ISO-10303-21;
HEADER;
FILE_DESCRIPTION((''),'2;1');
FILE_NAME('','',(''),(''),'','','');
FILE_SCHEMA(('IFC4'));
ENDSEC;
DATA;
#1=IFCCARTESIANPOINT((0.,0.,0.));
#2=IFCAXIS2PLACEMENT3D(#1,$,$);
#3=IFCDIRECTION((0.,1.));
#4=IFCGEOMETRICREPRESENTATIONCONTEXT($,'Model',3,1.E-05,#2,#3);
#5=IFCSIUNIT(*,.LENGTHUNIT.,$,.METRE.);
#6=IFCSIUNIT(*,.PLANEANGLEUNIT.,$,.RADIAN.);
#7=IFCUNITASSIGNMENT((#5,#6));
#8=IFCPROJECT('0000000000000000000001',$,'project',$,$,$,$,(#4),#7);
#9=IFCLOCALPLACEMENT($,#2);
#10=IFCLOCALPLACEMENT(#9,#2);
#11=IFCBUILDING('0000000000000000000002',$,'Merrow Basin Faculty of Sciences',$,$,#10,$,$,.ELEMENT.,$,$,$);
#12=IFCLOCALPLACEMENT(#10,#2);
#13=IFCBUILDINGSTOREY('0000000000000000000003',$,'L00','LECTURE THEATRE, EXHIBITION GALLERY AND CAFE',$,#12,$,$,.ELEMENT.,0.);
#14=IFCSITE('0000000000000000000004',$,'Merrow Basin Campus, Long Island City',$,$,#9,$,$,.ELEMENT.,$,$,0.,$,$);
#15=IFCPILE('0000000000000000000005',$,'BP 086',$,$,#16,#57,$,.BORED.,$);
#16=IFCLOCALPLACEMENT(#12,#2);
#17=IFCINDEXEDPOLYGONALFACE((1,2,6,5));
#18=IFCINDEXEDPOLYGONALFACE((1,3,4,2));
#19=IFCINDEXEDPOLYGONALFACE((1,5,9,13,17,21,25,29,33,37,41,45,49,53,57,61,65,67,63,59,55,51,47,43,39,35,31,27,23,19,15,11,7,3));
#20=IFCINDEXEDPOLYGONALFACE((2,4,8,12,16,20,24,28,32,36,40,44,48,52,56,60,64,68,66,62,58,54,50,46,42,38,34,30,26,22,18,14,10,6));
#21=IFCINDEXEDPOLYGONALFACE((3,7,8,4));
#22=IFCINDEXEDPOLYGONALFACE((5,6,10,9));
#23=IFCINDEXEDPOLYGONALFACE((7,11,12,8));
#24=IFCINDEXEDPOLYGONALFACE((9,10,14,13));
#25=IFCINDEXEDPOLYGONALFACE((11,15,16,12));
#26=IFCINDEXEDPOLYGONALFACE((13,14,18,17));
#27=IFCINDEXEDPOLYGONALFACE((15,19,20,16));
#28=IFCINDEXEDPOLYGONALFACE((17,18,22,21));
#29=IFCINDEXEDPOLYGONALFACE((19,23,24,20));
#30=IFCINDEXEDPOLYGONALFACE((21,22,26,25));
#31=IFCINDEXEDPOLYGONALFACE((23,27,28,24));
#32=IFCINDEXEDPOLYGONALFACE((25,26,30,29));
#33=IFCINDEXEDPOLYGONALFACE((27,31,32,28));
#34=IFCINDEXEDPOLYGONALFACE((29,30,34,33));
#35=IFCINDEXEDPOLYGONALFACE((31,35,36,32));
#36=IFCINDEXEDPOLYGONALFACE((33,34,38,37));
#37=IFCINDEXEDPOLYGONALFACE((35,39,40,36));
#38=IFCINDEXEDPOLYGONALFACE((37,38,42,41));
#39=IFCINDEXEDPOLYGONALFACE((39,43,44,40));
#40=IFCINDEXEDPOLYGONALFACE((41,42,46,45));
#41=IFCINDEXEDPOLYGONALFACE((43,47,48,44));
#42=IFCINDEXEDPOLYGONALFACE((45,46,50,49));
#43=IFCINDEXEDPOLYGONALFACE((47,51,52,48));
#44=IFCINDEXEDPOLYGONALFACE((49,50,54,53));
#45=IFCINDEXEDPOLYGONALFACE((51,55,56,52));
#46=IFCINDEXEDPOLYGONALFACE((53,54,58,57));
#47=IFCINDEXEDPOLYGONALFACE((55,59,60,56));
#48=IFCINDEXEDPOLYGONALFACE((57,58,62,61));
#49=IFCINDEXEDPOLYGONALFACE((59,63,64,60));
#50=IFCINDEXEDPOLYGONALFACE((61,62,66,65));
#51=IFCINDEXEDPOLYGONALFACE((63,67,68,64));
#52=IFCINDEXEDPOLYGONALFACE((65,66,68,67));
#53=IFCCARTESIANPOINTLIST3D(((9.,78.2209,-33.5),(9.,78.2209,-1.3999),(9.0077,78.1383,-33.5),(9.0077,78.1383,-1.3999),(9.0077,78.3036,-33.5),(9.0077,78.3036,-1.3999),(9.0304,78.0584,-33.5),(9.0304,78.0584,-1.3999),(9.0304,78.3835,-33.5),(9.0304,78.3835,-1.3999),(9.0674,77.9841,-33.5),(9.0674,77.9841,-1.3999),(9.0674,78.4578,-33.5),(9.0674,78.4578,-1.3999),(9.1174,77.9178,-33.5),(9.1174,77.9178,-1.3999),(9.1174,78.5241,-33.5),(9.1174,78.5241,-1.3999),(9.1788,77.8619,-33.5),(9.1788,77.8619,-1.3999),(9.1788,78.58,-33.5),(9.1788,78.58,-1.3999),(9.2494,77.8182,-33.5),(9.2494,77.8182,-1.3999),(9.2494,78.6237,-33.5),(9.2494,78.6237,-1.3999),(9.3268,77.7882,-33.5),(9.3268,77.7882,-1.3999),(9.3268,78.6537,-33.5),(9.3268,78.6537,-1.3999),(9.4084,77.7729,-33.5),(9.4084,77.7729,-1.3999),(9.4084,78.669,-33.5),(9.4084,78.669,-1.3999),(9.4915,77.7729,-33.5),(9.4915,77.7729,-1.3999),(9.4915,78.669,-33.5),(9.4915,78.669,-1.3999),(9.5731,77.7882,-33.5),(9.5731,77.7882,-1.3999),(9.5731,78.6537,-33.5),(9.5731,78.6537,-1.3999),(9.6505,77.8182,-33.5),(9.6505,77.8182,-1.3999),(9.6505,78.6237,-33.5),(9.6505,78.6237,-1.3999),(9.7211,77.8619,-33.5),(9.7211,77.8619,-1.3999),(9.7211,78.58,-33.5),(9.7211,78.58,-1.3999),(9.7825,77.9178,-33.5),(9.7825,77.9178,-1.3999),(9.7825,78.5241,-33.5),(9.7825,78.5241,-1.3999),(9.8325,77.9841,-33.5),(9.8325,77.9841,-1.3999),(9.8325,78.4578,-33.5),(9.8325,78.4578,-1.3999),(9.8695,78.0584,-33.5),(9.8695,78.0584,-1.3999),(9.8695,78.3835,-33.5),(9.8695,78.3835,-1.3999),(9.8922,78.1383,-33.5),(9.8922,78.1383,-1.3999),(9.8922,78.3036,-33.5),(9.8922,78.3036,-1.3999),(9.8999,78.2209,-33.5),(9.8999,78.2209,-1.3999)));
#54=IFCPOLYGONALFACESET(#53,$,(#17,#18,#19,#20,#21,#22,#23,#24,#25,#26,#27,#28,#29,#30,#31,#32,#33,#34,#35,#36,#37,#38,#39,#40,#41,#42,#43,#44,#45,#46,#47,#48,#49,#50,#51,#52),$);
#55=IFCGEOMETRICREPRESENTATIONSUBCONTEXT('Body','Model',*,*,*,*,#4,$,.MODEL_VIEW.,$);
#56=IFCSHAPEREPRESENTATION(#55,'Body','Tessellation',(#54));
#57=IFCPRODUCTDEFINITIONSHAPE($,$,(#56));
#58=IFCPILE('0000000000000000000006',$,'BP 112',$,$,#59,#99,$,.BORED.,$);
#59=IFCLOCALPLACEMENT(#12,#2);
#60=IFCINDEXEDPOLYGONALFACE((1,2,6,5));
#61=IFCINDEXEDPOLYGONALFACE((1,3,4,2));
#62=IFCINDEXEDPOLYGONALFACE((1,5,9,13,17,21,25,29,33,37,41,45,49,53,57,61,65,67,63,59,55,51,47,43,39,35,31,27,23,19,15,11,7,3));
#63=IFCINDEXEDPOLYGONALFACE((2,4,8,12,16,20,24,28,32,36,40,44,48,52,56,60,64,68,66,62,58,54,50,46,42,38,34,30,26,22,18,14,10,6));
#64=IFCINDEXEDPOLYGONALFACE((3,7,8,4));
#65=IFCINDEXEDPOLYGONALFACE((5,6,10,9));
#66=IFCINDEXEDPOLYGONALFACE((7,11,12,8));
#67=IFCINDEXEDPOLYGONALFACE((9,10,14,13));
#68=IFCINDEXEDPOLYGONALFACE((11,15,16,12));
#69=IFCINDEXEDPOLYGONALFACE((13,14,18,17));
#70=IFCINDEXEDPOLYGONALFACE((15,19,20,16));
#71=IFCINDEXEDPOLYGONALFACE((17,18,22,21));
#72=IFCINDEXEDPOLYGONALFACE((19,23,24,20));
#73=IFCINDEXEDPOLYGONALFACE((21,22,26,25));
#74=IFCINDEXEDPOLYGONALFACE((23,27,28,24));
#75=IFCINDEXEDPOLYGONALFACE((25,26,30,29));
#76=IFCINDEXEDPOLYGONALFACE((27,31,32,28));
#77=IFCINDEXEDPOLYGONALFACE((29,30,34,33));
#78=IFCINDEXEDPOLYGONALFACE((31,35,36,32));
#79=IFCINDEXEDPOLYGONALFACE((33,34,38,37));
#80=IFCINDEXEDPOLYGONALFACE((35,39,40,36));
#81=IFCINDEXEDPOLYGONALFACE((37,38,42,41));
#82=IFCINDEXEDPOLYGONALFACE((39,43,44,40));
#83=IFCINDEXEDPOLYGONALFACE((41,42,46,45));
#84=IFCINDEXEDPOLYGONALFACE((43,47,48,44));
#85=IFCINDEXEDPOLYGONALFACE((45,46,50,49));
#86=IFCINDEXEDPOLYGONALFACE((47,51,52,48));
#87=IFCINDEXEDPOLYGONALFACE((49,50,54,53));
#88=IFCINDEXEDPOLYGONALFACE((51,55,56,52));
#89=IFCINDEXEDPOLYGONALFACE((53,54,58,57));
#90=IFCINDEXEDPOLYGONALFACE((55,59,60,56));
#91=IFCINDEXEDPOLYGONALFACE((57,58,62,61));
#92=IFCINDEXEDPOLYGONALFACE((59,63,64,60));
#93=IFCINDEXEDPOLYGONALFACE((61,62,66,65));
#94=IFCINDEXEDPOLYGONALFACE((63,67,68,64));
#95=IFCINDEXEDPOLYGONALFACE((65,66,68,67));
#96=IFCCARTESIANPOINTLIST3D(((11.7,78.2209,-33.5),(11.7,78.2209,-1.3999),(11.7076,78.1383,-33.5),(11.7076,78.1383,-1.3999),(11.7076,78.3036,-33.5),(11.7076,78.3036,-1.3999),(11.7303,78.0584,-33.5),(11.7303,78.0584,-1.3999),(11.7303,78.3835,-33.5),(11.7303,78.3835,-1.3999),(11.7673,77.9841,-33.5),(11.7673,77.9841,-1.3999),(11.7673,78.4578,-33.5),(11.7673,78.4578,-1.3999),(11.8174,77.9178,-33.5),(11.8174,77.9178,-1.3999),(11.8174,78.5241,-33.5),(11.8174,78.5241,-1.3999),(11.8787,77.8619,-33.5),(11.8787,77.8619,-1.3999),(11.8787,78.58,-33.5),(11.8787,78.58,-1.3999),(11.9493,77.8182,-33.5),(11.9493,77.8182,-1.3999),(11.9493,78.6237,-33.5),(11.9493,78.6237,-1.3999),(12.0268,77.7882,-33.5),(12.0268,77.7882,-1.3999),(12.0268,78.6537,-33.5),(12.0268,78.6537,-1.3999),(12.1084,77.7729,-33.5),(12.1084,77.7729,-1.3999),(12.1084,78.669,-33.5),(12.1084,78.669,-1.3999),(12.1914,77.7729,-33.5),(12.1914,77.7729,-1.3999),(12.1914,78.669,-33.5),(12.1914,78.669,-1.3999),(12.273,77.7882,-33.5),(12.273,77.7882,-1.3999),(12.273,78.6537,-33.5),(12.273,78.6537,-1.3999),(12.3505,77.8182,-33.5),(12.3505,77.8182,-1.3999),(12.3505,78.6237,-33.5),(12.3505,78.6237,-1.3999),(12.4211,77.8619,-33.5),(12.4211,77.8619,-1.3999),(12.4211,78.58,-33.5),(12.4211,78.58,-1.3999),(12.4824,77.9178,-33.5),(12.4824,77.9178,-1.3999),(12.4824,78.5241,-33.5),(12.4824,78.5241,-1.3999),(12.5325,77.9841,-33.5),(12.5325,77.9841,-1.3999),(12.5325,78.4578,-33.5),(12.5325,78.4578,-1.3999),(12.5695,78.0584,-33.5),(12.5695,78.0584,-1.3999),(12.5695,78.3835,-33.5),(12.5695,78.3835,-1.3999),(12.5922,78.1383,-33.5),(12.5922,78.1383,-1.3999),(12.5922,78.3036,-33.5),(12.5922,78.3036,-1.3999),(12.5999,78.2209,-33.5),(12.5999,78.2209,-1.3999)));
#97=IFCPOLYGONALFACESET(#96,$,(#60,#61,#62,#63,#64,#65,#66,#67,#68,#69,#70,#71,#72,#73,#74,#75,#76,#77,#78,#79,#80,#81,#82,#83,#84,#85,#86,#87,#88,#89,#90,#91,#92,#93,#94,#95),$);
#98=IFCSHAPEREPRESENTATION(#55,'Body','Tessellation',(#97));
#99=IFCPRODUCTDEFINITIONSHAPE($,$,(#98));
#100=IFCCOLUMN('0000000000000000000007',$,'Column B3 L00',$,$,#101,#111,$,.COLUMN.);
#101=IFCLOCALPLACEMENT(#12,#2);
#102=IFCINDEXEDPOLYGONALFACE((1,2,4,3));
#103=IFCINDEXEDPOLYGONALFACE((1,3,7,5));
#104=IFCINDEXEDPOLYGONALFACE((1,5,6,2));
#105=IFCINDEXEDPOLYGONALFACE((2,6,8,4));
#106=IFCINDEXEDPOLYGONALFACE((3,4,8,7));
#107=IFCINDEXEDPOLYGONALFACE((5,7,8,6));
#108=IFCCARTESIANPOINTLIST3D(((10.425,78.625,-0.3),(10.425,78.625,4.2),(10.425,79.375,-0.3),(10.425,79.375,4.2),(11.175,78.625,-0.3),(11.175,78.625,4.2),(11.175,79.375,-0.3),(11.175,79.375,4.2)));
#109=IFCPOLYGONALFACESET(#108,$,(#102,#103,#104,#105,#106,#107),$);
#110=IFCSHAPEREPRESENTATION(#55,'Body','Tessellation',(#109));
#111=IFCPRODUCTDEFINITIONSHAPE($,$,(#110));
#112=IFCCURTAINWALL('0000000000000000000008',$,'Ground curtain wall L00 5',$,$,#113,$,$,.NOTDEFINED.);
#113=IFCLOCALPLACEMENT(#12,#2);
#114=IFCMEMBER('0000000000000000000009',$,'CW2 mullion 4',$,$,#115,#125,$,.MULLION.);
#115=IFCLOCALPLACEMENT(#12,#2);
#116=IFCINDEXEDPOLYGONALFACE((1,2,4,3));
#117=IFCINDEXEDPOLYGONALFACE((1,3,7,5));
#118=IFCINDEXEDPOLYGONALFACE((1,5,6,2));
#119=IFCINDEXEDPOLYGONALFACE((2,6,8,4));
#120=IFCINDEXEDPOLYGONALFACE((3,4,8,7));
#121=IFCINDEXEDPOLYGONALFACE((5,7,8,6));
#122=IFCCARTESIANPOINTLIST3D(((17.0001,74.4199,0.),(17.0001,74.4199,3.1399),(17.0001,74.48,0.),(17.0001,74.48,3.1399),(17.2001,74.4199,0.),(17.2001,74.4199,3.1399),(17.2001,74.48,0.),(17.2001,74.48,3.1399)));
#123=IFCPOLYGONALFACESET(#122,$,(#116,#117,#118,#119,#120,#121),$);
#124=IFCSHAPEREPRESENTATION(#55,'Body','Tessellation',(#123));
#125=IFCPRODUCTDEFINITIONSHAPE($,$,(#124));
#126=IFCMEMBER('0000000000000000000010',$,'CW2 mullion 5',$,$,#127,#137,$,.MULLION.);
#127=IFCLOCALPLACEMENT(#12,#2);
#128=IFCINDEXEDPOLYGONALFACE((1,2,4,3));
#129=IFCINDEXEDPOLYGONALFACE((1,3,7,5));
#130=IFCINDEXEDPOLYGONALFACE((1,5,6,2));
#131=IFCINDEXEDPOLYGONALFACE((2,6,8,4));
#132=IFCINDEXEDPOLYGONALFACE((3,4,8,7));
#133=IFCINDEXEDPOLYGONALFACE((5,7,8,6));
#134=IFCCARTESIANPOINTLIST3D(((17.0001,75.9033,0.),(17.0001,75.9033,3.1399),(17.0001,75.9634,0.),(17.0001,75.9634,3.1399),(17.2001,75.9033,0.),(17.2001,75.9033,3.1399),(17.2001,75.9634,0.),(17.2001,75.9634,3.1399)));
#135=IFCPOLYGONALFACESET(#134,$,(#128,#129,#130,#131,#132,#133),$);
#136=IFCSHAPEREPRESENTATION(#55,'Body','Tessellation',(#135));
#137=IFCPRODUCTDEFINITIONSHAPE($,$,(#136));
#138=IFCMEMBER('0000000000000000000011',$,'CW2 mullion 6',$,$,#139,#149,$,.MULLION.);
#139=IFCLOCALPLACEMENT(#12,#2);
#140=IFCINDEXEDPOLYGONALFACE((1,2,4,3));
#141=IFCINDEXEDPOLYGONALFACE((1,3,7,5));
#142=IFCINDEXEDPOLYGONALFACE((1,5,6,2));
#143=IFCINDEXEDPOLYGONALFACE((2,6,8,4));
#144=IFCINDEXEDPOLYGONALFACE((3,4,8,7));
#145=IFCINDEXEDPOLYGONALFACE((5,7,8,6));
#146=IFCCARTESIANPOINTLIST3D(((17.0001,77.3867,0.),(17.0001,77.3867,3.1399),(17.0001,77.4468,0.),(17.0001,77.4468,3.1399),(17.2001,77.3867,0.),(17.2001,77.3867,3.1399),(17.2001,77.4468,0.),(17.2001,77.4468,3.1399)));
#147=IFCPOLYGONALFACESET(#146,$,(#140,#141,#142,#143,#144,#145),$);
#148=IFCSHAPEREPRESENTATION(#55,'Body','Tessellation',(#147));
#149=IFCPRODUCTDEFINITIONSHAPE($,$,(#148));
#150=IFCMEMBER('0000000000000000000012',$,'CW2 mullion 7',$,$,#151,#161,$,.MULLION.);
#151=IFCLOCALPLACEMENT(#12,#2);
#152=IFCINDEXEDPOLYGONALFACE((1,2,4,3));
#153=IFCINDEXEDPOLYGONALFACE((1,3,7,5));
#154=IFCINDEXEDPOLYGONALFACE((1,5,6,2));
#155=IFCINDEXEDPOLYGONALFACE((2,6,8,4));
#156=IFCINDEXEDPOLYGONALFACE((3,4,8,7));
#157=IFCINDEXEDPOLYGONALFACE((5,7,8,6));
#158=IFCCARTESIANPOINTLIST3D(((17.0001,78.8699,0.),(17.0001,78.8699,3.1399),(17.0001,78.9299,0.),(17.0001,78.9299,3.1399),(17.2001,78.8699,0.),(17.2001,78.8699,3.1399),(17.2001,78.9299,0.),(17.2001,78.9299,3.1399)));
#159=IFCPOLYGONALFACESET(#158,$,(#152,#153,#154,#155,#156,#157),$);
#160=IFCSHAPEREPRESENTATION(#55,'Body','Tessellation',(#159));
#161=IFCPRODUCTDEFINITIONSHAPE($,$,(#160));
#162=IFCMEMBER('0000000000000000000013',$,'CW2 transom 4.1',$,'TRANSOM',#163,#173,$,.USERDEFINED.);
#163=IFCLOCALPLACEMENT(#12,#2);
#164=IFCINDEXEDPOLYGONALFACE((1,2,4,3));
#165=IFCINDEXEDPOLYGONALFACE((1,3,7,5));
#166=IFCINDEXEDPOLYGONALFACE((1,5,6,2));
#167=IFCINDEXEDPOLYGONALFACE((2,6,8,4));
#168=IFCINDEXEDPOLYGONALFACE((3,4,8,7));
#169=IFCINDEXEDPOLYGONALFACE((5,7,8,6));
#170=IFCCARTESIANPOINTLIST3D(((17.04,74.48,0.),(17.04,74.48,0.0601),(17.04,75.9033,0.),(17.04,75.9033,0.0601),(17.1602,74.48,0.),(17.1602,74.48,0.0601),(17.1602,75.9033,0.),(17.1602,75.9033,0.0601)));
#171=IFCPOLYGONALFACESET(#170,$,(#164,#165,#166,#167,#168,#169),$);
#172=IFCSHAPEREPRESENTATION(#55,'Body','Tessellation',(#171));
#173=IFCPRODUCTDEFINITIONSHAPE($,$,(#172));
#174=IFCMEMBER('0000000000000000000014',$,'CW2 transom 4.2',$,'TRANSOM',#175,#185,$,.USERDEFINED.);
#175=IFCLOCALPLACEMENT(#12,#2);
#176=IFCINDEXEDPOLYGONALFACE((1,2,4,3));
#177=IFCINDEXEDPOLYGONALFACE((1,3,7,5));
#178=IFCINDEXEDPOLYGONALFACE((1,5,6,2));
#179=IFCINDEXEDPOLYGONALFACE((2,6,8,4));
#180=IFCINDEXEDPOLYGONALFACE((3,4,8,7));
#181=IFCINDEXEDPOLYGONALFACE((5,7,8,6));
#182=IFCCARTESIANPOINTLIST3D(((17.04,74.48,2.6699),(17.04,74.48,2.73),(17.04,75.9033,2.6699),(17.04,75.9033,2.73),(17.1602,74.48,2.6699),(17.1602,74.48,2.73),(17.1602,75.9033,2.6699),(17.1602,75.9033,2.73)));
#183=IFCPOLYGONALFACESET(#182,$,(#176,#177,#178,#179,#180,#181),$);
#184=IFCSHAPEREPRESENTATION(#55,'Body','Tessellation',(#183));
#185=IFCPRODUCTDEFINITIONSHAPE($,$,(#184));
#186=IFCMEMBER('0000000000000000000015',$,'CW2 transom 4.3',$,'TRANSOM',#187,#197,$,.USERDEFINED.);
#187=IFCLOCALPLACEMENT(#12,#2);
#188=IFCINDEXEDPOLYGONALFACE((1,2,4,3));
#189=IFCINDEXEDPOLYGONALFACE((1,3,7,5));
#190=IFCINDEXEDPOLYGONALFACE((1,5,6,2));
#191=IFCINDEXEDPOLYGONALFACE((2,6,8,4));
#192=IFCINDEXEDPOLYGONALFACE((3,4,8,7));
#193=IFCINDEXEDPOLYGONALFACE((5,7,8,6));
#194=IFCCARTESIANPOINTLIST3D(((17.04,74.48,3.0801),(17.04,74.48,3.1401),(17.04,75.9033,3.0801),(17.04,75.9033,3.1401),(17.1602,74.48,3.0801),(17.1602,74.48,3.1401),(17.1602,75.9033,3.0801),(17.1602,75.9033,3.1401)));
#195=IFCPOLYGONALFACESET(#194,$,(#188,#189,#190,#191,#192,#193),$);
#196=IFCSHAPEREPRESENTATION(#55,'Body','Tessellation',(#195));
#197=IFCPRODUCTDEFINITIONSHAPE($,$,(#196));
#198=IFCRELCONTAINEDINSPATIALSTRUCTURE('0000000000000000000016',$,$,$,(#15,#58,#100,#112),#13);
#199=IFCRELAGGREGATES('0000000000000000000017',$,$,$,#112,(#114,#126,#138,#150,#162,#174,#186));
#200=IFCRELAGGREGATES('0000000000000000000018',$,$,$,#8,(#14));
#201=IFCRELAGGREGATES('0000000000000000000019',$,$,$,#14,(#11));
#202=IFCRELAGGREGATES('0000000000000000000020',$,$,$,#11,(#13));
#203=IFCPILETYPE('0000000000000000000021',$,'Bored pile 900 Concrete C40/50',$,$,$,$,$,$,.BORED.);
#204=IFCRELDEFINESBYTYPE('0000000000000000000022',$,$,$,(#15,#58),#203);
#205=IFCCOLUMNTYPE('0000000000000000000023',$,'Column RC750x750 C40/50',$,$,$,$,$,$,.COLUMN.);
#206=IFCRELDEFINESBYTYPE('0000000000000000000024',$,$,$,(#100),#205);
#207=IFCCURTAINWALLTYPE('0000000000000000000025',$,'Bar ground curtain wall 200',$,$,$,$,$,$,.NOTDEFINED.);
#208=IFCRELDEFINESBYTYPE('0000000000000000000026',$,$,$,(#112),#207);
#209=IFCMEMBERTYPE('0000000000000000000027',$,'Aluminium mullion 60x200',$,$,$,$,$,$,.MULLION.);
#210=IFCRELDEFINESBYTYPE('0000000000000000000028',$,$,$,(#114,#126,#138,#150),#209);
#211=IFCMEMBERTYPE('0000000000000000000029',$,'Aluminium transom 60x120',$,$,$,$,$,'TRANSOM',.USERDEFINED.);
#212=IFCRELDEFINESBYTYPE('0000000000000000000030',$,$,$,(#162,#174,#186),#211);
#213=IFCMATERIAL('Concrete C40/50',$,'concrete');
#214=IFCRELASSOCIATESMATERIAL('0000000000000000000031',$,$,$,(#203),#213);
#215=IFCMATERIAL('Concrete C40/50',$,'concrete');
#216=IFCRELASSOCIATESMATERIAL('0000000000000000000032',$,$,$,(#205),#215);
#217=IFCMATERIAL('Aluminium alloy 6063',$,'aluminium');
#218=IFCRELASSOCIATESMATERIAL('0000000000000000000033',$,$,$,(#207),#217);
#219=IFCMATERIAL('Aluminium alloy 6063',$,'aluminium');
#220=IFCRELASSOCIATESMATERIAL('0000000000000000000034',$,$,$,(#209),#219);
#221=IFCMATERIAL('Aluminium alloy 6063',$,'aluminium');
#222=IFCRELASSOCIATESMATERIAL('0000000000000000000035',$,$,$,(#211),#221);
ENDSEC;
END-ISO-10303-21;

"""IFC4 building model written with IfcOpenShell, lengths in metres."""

from ifc_helpers import new_model, si_unit, direction, frame, origin, origin_2d, place, context, subcontext, project, spatial, rectangle, circle, extrude, material, material_profile, profile_set, type_object, element, aggregate, save


model = new_model("IFC4")

# Units and contexts
model_context = context("Model", 3, precision=1e-05, world=origin(), true_north=direction((0.0, 1.0)))
body_context = subcontext(model_context, "Body", "Model", "MODEL_VIEW")
ifc_project = project(units=[si_unit("LENGTHUNIT", "METRE"), si_unit("PLANEANGLEUNIT", "RADIAN")], contexts=[model_context])

# Site, building, storey
site_placement = place(None, origin())
site = spatial("IfcSite", under=ifc_project, at=site_placement, Name="Merrow Basin Campus, Long Island City", CompositionType="ELEMENT", RefElevation=0.0)
building_placement = place(site_placement, origin())
building = spatial("IfcBuilding", under=site, at=building_placement, Name="Merrow Basin Faculty of Sciences", CompositionType="ELEMENT")
storey_placement = place(building_placement, origin())
storey = spatial("IfcBuildingStorey", under=building, at=storey_placement, Name="L00", Description="LECTURE THEATRE, EXHIBITION GALLERY AND CAFE", CompositionType="ELEMENT", Elevation=0.0)

# Piles
ifc_material_1 = material(Name="Concrete C40/50", Category="concrete")
ifc_material_profile_1 = material_profile(ifc_material_1, circle(Radius=0.45, at=origin_2d()))
ifc_profile_set_1 = profile_set([ifc_material_profile_1], Name="Concrete C40/50")
pile_type = type_object("IfcPileType", Name="Bored pile 900 Concrete C40/50", PredefinedType="BORED", material=ifc_profile_set_1)
for number, where, z_axis, x_axis, name in (
    (1, (9.45, 78.2209, -1.3999), (0.0, 0.0, -1.0), (1.0, 0.0, 0.0), "BP 086"),
    (2, (12.1499, 78.2209, -1.3999), (0.0, 0.0, -1.0), (1.0, 0.0, 0.0), "BP 112"),
):
    element("IfcPile", number, at=place(storey_placement, frame(where, z_axis=z_axis, x_axis=x_axis)), inside=storey, type_object=pile_type, Name=name, PredefinedType="BORED", context=body_context, shape_type="SweptSolid", body=[
        extrude(circle(Radius=0.45, at=origin_2d()), origin(), (0.0, 0.0, 1.0), 32.1001),
    ])

# Column
ifc_material_2 = material(Name="Concrete C40/50", Category="concrete")
ifc_material_profile_2 = material_profile(ifc_material_2, rectangle(XDim=0.75, YDim=0.75, at=origin_2d()))
ifc_profile_set_2 = profile_set([ifc_material_profile_2], Name="Concrete C40/50")
column_type = type_object("IfcColumnType", Name="Column RC750x750 C40/50", PredefinedType="COLUMN", material=ifc_profile_set_2)
column_placement = place(storey_placement, frame((10.8, 79.0, -0.3), z_axis=(0.0, 0.0, 1.0), x_axis=(1.0, 0.0, 0.0)))
element("IfcColumn", 3, at=column_placement, inside=storey, type_object=column_type, Name="Column B3 L00", PredefinedType="COLUMN", context=body_context, shape_type="SweptSolid", body=[
    extrude(rectangle(XDim=0.75, YDim=0.75, at=origin_2d()), origin(), (0.0, 0.0, 1.0), 4.5),
])

# Curtain wall, members
ifc_material_3 = material(Name="Aluminium alloy 6063", Category="aluminium")
curtain_wall_type = type_object("IfcCurtainWallType", Name="Bar ground curtain wall 200", PredefinedType="NOTDEFINED", material=ifc_material_3)
curtain_wall_placement = place(storey_placement, origin())
curtain_wall = element("IfcCurtainWall", 4, at=curtain_wall_placement, inside=storey, type_object=curtain_wall_type, Name="Ground curtain wall L00 5", PredefinedType="NOTDEFINED")
ifc_material_4 = material(Name="Aluminium alloy 6063", Category="aluminium")
ifc_material_profile_3 = material_profile(ifc_material_4, rectangle(XDim=0.2, YDim=0.0601, at=origin_2d()))
ifc_profile_set_3 = profile_set([ifc_material_profile_3], Name="Aluminium alloy 6063")
member_type_1 = type_object("IfcMemberType", Name="Aluminium mullion 60x200", PredefinedType="MULLION", material=ifc_profile_set_3)
member_1_placement = place(storey_placement, frame((17.1001, 74.45, 0.0), z_axis=(0.0, 0.0, 1.0), x_axis=(-1.0, 0.0, 0.0)))
member_1 = element("IfcMember", 5, at=member_1_placement, type_object=member_type_1, Name="CW2 mullion 4", PredefinedType="MULLION", context=body_context, shape_type="SweptSolid", body=[
    extrude(rectangle(XDim=0.2, YDim=0.0601, at=origin_2d()), origin(), (0.0, 0.0, 1.0), 3.1399),
])
member_2_placement = place(storey_placement, frame((17.1001, 75.9333, 0.0), z_axis=(0.0, 0.0, 1.0), x_axis=(-1.0, 0.0, 0.0)))
member_2 = element("IfcMember", 6, at=member_2_placement, type_object=member_type_1, Name="CW2 mullion 5", PredefinedType="MULLION", context=body_context, shape_type="SweptSolid", body=[
    extrude(rectangle(XDim=0.2, YDim=0.0601, at=origin_2d()), origin(), (0.0, 0.0, 1.0), 3.1399),
])
member_3_placement = place(storey_placement, frame((17.1001, 77.4167, 0.0), z_axis=(0.0, 0.0, 1.0), x_axis=(-1.0, 0.0, 0.0)))
member_3 = element("IfcMember", 7, at=member_3_placement, type_object=member_type_1, Name="CW2 mullion 6", PredefinedType="MULLION", context=body_context, shape_type="SweptSolid", body=[
    extrude(rectangle(XDim=0.2, YDim=0.0601, at=origin_2d()), origin(), (0.0, 0.0, 1.0), 3.1399),
])
member_4_placement = place(storey_placement, frame((17.1001, 78.8999, 0.0), z_axis=(0.0, 0.0, 1.0), x_axis=(-1.0, 0.0, 0.0)))
member_4 = element("IfcMember", 8, at=member_4_placement, type_object=member_type_1, Name="CW2 mullion 7", PredefinedType="MULLION", context=body_context, shape_type="SweptSolid", body=[
    extrude(rectangle(XDim=0.2, YDim=0.0601, at=origin_2d()), origin(), (0.0, 0.0, 1.0), 3.1399),
])
ifc_material_5 = material(Name="Aluminium alloy 6063", Category="aluminium")
ifc_material_profile_4 = material_profile(ifc_material_5, rectangle(XDim=0.1201, YDim=0.0601, at=origin_2d()))
ifc_profile_set_4 = profile_set([ifc_material_profile_4], Name="Aluminium alloy 6063")
member_type_2 = type_object("IfcMemberType", Name="Aluminium transom 60x120", ElementType="TRANSOM", PredefinedType="USERDEFINED", material=ifc_profile_set_4)
member_5_placement = place(storey_placement, frame((17.1001, 74.48, 0.03), z_axis=(0.0, 1.0, 0.0), x_axis=(-1.0, 0.0, 0.0)))
member_5 = element("IfcMember", 9, at=member_5_placement, type_object=member_type_2, Name="CW2 transom 4.1", ObjectType="TRANSOM", PredefinedType="USERDEFINED", context=body_context, shape_type="SweptSolid", body=[
    extrude(rectangle(XDim=0.1201, YDim=0.0601, at=origin_2d()), origin(), (0.0, 0.0, 1.0), 1.4233),
])
member_6_placement = place(storey_placement, frame((17.1001, 74.48, 2.7), z_axis=(0.0, 1.0, 0.0), x_axis=(-1.0, 0.0, 0.0)))
member_6 = element("IfcMember", 10, at=member_6_placement, type_object=member_type_2, Name="CW2 transom 4.2", ObjectType="TRANSOM", PredefinedType="USERDEFINED", context=body_context, shape_type="SweptSolid", body=[
    extrude(rectangle(XDim=0.1201, YDim=0.0601, at=origin_2d()), origin(), (0.0, 0.0, 1.0), 1.4233),
])
member_7_placement = place(storey_placement, frame((17.1001, 74.48, 3.1101), z_axis=(0.0, 1.0, 0.0), x_axis=(-1.0, 0.0, 0.0)))
member_7 = element("IfcMember", 11, at=member_7_placement, type_object=member_type_2, Name="CW2 transom 4.3", ObjectType="TRANSOM", PredefinedType="USERDEFINED", context=body_context, shape_type="SweptSolid", body=[
    extrude(rectangle(XDim=0.1201, YDim=0.0601, at=origin_2d()), origin(), (0.0, 0.0, 1.0), 1.4233),
])

aggregate(curtain_wall, [member_1, member_2, member_3, member_4, member_5, member_6, member_7])

save(model, "model.ifc")
